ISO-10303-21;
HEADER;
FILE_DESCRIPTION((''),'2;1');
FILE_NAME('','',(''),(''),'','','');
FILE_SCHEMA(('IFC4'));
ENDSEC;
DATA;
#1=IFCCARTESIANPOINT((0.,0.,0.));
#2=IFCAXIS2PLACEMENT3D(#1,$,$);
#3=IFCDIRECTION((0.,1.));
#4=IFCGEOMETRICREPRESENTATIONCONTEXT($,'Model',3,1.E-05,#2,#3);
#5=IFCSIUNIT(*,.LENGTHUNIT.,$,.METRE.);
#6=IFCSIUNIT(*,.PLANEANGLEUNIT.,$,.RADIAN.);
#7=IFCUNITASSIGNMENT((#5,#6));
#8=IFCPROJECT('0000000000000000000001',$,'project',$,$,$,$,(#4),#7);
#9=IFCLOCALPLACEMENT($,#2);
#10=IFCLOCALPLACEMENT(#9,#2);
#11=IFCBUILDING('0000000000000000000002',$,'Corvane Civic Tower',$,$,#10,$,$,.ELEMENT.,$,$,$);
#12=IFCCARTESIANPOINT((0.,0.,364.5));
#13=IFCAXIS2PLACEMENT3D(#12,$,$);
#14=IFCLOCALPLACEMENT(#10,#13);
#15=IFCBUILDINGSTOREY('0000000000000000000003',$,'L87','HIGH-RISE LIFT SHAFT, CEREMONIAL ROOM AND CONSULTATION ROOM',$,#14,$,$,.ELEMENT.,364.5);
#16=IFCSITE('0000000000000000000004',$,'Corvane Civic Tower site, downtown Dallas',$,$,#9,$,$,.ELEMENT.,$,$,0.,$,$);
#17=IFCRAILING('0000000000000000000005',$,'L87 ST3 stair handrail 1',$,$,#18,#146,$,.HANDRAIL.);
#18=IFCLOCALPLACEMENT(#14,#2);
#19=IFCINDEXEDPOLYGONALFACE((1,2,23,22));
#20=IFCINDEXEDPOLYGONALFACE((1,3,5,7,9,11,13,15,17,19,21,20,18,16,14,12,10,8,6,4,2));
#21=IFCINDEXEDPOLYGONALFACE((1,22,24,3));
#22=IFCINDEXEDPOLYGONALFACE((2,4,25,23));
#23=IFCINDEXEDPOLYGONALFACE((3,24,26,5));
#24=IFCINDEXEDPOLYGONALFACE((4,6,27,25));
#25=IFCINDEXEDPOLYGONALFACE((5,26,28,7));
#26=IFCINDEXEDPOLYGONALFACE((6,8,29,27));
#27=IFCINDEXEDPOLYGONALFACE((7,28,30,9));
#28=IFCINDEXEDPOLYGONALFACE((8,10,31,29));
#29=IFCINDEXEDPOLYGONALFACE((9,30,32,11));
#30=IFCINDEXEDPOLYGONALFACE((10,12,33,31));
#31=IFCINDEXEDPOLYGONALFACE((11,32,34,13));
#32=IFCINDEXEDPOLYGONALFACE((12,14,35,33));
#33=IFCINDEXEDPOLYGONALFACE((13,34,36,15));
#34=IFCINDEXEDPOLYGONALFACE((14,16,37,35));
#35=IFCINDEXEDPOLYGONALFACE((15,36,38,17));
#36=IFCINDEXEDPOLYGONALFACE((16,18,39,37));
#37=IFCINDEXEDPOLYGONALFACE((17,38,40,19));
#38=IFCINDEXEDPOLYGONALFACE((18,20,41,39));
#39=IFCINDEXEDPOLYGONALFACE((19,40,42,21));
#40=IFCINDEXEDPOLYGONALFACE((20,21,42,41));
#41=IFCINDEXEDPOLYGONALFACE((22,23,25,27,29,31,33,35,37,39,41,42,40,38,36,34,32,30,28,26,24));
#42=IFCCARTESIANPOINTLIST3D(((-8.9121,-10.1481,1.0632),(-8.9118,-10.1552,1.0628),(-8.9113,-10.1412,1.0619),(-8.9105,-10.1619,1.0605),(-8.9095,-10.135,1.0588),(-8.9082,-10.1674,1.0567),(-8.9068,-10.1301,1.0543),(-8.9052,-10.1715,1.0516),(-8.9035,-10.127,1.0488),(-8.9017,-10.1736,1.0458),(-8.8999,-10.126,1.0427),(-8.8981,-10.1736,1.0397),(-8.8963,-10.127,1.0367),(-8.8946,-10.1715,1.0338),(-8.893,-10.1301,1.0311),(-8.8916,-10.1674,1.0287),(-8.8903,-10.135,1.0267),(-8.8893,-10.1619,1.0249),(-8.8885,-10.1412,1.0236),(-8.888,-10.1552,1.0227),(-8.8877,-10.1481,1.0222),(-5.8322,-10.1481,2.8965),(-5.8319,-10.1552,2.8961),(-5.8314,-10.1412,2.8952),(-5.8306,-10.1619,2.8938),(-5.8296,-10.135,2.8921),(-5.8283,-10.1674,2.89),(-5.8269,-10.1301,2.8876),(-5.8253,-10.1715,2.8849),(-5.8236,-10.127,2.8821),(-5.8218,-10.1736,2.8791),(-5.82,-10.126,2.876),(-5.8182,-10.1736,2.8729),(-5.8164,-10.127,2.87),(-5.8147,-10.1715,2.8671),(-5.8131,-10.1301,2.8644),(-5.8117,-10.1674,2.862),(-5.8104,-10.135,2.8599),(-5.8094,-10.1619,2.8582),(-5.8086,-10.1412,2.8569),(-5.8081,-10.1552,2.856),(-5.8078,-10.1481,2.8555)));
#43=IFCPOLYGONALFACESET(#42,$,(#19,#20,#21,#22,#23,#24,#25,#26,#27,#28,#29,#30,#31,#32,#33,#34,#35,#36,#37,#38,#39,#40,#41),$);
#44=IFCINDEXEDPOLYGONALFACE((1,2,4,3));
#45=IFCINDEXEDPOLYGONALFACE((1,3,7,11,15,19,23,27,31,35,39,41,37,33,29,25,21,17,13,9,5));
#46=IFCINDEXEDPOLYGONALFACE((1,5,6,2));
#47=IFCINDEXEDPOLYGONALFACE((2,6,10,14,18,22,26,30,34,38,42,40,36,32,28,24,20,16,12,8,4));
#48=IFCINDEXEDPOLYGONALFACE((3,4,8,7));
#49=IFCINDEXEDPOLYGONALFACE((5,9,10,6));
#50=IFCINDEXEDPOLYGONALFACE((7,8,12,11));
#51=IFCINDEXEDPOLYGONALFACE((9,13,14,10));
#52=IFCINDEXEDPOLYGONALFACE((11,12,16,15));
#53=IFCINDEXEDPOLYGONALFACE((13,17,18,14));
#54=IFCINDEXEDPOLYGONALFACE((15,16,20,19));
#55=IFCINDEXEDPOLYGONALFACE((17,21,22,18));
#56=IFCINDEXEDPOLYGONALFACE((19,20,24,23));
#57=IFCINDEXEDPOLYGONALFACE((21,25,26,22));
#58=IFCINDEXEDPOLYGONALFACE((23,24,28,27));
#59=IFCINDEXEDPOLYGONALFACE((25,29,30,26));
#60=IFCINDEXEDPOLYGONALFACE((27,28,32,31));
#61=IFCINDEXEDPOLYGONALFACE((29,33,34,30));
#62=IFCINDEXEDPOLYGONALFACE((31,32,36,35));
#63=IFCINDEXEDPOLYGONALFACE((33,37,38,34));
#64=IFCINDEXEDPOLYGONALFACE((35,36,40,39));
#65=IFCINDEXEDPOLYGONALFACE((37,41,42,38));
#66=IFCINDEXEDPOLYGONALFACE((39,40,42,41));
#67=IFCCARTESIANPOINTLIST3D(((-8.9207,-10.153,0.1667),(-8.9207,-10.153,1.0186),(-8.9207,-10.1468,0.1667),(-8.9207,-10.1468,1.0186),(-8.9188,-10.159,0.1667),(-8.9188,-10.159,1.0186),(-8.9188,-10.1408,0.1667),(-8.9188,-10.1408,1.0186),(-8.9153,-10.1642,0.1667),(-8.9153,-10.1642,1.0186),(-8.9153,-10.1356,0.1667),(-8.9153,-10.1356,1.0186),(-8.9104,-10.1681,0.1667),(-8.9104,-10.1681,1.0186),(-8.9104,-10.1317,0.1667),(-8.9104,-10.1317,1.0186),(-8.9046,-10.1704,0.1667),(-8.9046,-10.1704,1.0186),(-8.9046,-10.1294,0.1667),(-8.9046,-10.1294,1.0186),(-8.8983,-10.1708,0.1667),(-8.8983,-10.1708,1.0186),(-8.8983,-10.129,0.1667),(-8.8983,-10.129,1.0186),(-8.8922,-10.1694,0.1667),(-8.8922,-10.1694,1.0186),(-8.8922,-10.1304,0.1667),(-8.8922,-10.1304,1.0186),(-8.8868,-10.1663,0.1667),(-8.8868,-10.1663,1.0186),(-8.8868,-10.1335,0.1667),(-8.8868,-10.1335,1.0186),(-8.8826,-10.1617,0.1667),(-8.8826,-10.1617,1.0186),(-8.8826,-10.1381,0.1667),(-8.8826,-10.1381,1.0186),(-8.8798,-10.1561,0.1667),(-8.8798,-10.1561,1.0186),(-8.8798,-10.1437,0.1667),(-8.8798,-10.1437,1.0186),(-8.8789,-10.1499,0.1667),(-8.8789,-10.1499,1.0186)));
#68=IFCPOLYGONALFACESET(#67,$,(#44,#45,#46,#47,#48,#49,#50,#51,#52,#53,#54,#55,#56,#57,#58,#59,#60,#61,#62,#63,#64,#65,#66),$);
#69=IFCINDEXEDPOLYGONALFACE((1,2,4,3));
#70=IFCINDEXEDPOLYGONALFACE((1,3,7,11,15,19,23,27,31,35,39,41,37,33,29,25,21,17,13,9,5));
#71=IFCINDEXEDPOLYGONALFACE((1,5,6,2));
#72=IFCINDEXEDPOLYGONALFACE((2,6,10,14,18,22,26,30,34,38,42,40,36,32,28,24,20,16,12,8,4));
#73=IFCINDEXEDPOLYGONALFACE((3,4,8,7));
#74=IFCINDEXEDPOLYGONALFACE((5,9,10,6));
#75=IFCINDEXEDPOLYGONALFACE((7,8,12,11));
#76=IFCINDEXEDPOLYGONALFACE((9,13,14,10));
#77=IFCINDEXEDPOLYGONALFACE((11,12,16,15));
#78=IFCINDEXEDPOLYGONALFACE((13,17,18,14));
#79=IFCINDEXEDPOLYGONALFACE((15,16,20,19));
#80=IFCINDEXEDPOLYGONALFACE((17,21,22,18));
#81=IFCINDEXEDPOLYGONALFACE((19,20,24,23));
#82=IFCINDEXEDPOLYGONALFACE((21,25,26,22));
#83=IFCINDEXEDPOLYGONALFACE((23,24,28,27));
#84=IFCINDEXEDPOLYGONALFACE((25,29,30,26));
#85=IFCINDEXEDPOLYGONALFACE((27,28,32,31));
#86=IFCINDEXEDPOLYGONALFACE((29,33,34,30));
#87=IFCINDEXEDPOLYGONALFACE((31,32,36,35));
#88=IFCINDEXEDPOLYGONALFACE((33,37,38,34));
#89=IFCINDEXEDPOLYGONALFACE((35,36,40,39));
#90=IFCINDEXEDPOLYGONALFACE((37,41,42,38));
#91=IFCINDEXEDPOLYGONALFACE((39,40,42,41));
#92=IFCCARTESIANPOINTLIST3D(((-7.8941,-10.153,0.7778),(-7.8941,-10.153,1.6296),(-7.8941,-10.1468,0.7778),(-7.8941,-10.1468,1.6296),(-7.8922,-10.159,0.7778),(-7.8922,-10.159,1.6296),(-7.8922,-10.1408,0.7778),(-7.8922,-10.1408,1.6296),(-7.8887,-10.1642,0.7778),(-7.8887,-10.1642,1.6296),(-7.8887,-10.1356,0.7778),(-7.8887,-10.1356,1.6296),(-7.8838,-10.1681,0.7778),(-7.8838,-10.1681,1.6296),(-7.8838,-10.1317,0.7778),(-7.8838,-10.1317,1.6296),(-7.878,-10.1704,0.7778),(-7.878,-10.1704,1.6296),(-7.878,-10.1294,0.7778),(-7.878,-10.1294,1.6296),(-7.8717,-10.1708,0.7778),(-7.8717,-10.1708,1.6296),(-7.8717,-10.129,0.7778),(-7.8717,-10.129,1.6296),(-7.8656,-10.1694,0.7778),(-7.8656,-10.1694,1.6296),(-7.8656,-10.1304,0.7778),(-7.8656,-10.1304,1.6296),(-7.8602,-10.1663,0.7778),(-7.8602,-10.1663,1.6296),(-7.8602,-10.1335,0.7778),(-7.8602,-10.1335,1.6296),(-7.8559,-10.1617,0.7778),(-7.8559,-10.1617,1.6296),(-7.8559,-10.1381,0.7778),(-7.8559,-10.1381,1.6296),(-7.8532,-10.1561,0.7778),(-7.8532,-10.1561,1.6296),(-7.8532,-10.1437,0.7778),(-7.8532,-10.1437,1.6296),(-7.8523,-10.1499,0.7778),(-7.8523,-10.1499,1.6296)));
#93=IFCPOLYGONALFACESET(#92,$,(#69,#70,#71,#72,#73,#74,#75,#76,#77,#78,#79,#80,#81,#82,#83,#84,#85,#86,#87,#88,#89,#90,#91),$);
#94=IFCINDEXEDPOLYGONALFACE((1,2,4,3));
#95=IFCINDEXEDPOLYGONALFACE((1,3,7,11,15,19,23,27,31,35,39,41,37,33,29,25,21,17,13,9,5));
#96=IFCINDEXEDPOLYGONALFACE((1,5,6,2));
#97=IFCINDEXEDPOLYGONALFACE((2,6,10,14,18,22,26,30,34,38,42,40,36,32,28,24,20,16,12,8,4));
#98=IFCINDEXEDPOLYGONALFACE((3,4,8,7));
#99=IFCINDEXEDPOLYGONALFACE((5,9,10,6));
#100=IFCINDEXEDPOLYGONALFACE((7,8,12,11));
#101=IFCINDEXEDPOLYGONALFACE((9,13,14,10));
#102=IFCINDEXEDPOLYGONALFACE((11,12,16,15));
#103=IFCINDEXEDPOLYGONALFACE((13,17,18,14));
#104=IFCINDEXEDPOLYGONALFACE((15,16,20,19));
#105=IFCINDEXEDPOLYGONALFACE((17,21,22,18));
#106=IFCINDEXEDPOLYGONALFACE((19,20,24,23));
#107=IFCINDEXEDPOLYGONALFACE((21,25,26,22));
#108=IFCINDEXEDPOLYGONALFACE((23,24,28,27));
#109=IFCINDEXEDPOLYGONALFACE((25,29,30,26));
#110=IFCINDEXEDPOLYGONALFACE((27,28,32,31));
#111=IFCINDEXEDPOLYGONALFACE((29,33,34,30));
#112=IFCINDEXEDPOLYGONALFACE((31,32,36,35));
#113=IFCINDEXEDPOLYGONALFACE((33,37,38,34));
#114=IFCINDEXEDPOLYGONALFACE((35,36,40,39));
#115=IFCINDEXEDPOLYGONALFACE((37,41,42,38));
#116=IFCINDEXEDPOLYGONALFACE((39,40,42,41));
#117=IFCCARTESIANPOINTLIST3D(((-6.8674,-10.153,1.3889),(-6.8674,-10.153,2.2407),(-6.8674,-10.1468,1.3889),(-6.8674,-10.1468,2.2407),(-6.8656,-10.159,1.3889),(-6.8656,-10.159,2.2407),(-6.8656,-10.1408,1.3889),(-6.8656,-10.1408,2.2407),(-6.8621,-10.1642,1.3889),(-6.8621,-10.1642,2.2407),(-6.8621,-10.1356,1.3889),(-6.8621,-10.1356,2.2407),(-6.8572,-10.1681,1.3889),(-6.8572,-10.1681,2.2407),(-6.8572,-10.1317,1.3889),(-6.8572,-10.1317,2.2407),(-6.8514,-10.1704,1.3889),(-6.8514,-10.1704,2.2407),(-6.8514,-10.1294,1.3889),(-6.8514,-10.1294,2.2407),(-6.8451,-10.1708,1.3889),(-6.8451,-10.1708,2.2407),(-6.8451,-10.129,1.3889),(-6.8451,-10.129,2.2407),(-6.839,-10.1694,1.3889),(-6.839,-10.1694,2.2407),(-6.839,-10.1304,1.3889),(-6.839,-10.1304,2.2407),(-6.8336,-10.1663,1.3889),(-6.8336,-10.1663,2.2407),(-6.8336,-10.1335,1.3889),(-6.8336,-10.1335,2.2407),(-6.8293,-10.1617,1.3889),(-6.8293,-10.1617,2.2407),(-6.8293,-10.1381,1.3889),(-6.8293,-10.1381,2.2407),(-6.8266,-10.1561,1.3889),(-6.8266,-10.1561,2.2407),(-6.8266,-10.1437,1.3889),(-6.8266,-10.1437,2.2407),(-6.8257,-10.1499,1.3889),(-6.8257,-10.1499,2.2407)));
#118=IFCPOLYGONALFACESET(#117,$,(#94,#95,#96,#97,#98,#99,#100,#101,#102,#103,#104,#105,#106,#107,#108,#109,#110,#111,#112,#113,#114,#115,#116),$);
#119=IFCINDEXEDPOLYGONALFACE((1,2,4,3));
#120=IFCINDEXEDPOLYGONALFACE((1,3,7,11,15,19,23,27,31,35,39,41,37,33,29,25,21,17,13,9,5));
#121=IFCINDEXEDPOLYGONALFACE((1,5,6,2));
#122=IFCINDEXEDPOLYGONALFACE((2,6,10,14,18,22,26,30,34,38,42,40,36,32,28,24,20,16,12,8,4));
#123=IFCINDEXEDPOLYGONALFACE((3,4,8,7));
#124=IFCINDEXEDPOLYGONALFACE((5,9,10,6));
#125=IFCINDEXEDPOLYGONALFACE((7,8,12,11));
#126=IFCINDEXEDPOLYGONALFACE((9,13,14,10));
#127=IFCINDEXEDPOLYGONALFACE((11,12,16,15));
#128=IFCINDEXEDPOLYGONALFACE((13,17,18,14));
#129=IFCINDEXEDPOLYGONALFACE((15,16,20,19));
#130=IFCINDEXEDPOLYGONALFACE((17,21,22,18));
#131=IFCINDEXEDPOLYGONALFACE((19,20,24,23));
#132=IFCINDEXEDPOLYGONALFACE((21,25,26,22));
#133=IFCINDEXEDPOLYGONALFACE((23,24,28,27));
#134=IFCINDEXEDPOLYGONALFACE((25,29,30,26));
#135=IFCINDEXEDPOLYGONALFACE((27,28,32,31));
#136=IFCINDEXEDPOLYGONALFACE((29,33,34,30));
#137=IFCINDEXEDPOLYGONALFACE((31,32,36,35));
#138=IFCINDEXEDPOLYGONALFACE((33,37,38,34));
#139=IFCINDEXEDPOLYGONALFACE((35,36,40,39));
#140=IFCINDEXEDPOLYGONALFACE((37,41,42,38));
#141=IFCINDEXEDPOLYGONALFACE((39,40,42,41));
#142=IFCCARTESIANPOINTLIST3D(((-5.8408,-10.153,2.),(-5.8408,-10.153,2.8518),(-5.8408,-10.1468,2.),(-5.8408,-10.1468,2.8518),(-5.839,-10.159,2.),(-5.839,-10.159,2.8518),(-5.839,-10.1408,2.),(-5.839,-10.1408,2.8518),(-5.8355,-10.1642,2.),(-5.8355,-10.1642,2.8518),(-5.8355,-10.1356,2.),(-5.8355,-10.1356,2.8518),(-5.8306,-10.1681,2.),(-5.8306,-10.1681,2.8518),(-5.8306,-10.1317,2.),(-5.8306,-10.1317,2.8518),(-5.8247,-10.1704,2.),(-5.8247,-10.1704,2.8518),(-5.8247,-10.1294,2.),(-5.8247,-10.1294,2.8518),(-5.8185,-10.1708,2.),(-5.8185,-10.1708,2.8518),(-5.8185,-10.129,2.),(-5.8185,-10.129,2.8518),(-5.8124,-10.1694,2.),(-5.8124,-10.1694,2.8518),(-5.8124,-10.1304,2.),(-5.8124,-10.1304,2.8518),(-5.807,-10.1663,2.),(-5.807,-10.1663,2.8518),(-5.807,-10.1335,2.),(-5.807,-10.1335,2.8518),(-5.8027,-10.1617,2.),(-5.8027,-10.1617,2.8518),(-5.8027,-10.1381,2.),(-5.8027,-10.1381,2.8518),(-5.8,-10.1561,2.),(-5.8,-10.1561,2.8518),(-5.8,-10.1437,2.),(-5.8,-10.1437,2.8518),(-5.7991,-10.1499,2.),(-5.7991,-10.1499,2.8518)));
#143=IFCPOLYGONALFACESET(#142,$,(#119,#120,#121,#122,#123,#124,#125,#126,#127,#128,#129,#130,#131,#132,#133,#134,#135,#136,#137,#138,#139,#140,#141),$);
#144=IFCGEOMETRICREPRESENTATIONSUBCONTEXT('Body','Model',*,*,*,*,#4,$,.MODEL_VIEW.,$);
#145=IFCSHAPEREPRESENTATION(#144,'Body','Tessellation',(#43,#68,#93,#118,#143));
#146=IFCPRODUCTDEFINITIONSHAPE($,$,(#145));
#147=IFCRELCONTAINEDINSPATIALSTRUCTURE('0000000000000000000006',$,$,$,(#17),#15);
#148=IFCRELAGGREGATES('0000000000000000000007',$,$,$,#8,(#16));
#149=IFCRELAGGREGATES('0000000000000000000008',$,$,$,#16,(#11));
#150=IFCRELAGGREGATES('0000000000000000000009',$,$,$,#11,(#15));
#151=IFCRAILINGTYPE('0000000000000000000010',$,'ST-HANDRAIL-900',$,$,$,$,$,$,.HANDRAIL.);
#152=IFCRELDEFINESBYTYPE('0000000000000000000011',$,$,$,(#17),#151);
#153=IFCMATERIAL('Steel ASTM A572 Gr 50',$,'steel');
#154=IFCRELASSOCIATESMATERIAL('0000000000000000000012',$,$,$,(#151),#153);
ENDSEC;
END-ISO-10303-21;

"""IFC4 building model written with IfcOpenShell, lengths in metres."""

from ifc_helpers import new_model, si_unit, direction, frame, origin, origin_2d, place, context, subcontext, project, spatial, circle, extrude, material, type_object, element, save


model = new_model("IFC4")

# Units and contexts
model_context = context("Model", 3, precision=1e-05, world=origin(), true_north=direction((0.0, 1.0)))
body_context = subcontext(model_context, "Body", "Model", "MODEL_VIEW")
ifc_project = project(units=[si_unit("LENGTHUNIT", "METRE"), si_unit("PLANEANGLEUNIT", "RADIAN")], contexts=[model_context])

# Site, building, storey
site_placement = place(None, origin())
site = spatial("IfcSite", under=ifc_project, at=site_placement, Name="Corvane Civic Tower site, downtown Dallas", CompositionType="ELEMENT", RefElevation=0.0)
building_placement = place(site_placement, origin())
building = spatial("IfcBuilding", under=site, at=building_placement, Name="Corvane Civic Tower", CompositionType="ELEMENT")
storey_placement = place(building_placement, frame((0.0, 0.0, 364.5)))
storey = spatial("IfcBuildingStorey", under=building, at=storey_placement, Name="L87", Description="HIGH-RISE LIFT SHAFT, CEREMONIAL ROOM AND CONSULTATION ROOM", CompositionType="ELEMENT", Elevation=364.5)

# Railing
ifc_material_1 = material(Name="Steel ASTM A572 Gr 50", Category="steel")
railing_type_1 = type_object("IfcRailingType", Name="ST-HANDRAIL-900", PredefinedType="HANDRAIL", material=ifc_material_1)
railing_1_placement = place(storey_placement, frame((-8.8999, -10.1499, 0.1667)))
element("IfcRailing", 1, at=railing_1_placement, inside=storey, type_object=railing_type_1, Name="L87 ST3 stair handrail 1", PredefinedType="HANDRAIL", context=body_context, shape_type="SweptSolid", body=[
    extrude(circle(Radius=0.0239, at=origin_2d()), frame((0.0, 0.0, 0.876), z_axis=(0.859291, 0.0, 0.511487), x_axis=(0.0, 1.0, 0.0)), (0.0, 0.0, 1.0), 3.5842),
    extrude(circle(Radius=0.021, at=origin_2d()), origin(), (0.0, 0.0, 1.0), 0.8518),
    extrude(circle(Radius=0.021, at=origin_2d()), frame((1.0266, 0.0, 0.6111)), (0.0, 0.0, 1.0), 0.8518),
    extrude(circle(Radius=0.021, at=origin_2d()), frame((2.0532, 0.0, 1.2222)), (0.0, 0.0, 1.0), 0.8518),
    extrude(circle(Radius=0.021, at=origin_2d()), frame((3.0798, 0.0, 1.8333)), (0.0, 0.0, 1.0), 0.8518),
])

save(model, "model.ifc")
